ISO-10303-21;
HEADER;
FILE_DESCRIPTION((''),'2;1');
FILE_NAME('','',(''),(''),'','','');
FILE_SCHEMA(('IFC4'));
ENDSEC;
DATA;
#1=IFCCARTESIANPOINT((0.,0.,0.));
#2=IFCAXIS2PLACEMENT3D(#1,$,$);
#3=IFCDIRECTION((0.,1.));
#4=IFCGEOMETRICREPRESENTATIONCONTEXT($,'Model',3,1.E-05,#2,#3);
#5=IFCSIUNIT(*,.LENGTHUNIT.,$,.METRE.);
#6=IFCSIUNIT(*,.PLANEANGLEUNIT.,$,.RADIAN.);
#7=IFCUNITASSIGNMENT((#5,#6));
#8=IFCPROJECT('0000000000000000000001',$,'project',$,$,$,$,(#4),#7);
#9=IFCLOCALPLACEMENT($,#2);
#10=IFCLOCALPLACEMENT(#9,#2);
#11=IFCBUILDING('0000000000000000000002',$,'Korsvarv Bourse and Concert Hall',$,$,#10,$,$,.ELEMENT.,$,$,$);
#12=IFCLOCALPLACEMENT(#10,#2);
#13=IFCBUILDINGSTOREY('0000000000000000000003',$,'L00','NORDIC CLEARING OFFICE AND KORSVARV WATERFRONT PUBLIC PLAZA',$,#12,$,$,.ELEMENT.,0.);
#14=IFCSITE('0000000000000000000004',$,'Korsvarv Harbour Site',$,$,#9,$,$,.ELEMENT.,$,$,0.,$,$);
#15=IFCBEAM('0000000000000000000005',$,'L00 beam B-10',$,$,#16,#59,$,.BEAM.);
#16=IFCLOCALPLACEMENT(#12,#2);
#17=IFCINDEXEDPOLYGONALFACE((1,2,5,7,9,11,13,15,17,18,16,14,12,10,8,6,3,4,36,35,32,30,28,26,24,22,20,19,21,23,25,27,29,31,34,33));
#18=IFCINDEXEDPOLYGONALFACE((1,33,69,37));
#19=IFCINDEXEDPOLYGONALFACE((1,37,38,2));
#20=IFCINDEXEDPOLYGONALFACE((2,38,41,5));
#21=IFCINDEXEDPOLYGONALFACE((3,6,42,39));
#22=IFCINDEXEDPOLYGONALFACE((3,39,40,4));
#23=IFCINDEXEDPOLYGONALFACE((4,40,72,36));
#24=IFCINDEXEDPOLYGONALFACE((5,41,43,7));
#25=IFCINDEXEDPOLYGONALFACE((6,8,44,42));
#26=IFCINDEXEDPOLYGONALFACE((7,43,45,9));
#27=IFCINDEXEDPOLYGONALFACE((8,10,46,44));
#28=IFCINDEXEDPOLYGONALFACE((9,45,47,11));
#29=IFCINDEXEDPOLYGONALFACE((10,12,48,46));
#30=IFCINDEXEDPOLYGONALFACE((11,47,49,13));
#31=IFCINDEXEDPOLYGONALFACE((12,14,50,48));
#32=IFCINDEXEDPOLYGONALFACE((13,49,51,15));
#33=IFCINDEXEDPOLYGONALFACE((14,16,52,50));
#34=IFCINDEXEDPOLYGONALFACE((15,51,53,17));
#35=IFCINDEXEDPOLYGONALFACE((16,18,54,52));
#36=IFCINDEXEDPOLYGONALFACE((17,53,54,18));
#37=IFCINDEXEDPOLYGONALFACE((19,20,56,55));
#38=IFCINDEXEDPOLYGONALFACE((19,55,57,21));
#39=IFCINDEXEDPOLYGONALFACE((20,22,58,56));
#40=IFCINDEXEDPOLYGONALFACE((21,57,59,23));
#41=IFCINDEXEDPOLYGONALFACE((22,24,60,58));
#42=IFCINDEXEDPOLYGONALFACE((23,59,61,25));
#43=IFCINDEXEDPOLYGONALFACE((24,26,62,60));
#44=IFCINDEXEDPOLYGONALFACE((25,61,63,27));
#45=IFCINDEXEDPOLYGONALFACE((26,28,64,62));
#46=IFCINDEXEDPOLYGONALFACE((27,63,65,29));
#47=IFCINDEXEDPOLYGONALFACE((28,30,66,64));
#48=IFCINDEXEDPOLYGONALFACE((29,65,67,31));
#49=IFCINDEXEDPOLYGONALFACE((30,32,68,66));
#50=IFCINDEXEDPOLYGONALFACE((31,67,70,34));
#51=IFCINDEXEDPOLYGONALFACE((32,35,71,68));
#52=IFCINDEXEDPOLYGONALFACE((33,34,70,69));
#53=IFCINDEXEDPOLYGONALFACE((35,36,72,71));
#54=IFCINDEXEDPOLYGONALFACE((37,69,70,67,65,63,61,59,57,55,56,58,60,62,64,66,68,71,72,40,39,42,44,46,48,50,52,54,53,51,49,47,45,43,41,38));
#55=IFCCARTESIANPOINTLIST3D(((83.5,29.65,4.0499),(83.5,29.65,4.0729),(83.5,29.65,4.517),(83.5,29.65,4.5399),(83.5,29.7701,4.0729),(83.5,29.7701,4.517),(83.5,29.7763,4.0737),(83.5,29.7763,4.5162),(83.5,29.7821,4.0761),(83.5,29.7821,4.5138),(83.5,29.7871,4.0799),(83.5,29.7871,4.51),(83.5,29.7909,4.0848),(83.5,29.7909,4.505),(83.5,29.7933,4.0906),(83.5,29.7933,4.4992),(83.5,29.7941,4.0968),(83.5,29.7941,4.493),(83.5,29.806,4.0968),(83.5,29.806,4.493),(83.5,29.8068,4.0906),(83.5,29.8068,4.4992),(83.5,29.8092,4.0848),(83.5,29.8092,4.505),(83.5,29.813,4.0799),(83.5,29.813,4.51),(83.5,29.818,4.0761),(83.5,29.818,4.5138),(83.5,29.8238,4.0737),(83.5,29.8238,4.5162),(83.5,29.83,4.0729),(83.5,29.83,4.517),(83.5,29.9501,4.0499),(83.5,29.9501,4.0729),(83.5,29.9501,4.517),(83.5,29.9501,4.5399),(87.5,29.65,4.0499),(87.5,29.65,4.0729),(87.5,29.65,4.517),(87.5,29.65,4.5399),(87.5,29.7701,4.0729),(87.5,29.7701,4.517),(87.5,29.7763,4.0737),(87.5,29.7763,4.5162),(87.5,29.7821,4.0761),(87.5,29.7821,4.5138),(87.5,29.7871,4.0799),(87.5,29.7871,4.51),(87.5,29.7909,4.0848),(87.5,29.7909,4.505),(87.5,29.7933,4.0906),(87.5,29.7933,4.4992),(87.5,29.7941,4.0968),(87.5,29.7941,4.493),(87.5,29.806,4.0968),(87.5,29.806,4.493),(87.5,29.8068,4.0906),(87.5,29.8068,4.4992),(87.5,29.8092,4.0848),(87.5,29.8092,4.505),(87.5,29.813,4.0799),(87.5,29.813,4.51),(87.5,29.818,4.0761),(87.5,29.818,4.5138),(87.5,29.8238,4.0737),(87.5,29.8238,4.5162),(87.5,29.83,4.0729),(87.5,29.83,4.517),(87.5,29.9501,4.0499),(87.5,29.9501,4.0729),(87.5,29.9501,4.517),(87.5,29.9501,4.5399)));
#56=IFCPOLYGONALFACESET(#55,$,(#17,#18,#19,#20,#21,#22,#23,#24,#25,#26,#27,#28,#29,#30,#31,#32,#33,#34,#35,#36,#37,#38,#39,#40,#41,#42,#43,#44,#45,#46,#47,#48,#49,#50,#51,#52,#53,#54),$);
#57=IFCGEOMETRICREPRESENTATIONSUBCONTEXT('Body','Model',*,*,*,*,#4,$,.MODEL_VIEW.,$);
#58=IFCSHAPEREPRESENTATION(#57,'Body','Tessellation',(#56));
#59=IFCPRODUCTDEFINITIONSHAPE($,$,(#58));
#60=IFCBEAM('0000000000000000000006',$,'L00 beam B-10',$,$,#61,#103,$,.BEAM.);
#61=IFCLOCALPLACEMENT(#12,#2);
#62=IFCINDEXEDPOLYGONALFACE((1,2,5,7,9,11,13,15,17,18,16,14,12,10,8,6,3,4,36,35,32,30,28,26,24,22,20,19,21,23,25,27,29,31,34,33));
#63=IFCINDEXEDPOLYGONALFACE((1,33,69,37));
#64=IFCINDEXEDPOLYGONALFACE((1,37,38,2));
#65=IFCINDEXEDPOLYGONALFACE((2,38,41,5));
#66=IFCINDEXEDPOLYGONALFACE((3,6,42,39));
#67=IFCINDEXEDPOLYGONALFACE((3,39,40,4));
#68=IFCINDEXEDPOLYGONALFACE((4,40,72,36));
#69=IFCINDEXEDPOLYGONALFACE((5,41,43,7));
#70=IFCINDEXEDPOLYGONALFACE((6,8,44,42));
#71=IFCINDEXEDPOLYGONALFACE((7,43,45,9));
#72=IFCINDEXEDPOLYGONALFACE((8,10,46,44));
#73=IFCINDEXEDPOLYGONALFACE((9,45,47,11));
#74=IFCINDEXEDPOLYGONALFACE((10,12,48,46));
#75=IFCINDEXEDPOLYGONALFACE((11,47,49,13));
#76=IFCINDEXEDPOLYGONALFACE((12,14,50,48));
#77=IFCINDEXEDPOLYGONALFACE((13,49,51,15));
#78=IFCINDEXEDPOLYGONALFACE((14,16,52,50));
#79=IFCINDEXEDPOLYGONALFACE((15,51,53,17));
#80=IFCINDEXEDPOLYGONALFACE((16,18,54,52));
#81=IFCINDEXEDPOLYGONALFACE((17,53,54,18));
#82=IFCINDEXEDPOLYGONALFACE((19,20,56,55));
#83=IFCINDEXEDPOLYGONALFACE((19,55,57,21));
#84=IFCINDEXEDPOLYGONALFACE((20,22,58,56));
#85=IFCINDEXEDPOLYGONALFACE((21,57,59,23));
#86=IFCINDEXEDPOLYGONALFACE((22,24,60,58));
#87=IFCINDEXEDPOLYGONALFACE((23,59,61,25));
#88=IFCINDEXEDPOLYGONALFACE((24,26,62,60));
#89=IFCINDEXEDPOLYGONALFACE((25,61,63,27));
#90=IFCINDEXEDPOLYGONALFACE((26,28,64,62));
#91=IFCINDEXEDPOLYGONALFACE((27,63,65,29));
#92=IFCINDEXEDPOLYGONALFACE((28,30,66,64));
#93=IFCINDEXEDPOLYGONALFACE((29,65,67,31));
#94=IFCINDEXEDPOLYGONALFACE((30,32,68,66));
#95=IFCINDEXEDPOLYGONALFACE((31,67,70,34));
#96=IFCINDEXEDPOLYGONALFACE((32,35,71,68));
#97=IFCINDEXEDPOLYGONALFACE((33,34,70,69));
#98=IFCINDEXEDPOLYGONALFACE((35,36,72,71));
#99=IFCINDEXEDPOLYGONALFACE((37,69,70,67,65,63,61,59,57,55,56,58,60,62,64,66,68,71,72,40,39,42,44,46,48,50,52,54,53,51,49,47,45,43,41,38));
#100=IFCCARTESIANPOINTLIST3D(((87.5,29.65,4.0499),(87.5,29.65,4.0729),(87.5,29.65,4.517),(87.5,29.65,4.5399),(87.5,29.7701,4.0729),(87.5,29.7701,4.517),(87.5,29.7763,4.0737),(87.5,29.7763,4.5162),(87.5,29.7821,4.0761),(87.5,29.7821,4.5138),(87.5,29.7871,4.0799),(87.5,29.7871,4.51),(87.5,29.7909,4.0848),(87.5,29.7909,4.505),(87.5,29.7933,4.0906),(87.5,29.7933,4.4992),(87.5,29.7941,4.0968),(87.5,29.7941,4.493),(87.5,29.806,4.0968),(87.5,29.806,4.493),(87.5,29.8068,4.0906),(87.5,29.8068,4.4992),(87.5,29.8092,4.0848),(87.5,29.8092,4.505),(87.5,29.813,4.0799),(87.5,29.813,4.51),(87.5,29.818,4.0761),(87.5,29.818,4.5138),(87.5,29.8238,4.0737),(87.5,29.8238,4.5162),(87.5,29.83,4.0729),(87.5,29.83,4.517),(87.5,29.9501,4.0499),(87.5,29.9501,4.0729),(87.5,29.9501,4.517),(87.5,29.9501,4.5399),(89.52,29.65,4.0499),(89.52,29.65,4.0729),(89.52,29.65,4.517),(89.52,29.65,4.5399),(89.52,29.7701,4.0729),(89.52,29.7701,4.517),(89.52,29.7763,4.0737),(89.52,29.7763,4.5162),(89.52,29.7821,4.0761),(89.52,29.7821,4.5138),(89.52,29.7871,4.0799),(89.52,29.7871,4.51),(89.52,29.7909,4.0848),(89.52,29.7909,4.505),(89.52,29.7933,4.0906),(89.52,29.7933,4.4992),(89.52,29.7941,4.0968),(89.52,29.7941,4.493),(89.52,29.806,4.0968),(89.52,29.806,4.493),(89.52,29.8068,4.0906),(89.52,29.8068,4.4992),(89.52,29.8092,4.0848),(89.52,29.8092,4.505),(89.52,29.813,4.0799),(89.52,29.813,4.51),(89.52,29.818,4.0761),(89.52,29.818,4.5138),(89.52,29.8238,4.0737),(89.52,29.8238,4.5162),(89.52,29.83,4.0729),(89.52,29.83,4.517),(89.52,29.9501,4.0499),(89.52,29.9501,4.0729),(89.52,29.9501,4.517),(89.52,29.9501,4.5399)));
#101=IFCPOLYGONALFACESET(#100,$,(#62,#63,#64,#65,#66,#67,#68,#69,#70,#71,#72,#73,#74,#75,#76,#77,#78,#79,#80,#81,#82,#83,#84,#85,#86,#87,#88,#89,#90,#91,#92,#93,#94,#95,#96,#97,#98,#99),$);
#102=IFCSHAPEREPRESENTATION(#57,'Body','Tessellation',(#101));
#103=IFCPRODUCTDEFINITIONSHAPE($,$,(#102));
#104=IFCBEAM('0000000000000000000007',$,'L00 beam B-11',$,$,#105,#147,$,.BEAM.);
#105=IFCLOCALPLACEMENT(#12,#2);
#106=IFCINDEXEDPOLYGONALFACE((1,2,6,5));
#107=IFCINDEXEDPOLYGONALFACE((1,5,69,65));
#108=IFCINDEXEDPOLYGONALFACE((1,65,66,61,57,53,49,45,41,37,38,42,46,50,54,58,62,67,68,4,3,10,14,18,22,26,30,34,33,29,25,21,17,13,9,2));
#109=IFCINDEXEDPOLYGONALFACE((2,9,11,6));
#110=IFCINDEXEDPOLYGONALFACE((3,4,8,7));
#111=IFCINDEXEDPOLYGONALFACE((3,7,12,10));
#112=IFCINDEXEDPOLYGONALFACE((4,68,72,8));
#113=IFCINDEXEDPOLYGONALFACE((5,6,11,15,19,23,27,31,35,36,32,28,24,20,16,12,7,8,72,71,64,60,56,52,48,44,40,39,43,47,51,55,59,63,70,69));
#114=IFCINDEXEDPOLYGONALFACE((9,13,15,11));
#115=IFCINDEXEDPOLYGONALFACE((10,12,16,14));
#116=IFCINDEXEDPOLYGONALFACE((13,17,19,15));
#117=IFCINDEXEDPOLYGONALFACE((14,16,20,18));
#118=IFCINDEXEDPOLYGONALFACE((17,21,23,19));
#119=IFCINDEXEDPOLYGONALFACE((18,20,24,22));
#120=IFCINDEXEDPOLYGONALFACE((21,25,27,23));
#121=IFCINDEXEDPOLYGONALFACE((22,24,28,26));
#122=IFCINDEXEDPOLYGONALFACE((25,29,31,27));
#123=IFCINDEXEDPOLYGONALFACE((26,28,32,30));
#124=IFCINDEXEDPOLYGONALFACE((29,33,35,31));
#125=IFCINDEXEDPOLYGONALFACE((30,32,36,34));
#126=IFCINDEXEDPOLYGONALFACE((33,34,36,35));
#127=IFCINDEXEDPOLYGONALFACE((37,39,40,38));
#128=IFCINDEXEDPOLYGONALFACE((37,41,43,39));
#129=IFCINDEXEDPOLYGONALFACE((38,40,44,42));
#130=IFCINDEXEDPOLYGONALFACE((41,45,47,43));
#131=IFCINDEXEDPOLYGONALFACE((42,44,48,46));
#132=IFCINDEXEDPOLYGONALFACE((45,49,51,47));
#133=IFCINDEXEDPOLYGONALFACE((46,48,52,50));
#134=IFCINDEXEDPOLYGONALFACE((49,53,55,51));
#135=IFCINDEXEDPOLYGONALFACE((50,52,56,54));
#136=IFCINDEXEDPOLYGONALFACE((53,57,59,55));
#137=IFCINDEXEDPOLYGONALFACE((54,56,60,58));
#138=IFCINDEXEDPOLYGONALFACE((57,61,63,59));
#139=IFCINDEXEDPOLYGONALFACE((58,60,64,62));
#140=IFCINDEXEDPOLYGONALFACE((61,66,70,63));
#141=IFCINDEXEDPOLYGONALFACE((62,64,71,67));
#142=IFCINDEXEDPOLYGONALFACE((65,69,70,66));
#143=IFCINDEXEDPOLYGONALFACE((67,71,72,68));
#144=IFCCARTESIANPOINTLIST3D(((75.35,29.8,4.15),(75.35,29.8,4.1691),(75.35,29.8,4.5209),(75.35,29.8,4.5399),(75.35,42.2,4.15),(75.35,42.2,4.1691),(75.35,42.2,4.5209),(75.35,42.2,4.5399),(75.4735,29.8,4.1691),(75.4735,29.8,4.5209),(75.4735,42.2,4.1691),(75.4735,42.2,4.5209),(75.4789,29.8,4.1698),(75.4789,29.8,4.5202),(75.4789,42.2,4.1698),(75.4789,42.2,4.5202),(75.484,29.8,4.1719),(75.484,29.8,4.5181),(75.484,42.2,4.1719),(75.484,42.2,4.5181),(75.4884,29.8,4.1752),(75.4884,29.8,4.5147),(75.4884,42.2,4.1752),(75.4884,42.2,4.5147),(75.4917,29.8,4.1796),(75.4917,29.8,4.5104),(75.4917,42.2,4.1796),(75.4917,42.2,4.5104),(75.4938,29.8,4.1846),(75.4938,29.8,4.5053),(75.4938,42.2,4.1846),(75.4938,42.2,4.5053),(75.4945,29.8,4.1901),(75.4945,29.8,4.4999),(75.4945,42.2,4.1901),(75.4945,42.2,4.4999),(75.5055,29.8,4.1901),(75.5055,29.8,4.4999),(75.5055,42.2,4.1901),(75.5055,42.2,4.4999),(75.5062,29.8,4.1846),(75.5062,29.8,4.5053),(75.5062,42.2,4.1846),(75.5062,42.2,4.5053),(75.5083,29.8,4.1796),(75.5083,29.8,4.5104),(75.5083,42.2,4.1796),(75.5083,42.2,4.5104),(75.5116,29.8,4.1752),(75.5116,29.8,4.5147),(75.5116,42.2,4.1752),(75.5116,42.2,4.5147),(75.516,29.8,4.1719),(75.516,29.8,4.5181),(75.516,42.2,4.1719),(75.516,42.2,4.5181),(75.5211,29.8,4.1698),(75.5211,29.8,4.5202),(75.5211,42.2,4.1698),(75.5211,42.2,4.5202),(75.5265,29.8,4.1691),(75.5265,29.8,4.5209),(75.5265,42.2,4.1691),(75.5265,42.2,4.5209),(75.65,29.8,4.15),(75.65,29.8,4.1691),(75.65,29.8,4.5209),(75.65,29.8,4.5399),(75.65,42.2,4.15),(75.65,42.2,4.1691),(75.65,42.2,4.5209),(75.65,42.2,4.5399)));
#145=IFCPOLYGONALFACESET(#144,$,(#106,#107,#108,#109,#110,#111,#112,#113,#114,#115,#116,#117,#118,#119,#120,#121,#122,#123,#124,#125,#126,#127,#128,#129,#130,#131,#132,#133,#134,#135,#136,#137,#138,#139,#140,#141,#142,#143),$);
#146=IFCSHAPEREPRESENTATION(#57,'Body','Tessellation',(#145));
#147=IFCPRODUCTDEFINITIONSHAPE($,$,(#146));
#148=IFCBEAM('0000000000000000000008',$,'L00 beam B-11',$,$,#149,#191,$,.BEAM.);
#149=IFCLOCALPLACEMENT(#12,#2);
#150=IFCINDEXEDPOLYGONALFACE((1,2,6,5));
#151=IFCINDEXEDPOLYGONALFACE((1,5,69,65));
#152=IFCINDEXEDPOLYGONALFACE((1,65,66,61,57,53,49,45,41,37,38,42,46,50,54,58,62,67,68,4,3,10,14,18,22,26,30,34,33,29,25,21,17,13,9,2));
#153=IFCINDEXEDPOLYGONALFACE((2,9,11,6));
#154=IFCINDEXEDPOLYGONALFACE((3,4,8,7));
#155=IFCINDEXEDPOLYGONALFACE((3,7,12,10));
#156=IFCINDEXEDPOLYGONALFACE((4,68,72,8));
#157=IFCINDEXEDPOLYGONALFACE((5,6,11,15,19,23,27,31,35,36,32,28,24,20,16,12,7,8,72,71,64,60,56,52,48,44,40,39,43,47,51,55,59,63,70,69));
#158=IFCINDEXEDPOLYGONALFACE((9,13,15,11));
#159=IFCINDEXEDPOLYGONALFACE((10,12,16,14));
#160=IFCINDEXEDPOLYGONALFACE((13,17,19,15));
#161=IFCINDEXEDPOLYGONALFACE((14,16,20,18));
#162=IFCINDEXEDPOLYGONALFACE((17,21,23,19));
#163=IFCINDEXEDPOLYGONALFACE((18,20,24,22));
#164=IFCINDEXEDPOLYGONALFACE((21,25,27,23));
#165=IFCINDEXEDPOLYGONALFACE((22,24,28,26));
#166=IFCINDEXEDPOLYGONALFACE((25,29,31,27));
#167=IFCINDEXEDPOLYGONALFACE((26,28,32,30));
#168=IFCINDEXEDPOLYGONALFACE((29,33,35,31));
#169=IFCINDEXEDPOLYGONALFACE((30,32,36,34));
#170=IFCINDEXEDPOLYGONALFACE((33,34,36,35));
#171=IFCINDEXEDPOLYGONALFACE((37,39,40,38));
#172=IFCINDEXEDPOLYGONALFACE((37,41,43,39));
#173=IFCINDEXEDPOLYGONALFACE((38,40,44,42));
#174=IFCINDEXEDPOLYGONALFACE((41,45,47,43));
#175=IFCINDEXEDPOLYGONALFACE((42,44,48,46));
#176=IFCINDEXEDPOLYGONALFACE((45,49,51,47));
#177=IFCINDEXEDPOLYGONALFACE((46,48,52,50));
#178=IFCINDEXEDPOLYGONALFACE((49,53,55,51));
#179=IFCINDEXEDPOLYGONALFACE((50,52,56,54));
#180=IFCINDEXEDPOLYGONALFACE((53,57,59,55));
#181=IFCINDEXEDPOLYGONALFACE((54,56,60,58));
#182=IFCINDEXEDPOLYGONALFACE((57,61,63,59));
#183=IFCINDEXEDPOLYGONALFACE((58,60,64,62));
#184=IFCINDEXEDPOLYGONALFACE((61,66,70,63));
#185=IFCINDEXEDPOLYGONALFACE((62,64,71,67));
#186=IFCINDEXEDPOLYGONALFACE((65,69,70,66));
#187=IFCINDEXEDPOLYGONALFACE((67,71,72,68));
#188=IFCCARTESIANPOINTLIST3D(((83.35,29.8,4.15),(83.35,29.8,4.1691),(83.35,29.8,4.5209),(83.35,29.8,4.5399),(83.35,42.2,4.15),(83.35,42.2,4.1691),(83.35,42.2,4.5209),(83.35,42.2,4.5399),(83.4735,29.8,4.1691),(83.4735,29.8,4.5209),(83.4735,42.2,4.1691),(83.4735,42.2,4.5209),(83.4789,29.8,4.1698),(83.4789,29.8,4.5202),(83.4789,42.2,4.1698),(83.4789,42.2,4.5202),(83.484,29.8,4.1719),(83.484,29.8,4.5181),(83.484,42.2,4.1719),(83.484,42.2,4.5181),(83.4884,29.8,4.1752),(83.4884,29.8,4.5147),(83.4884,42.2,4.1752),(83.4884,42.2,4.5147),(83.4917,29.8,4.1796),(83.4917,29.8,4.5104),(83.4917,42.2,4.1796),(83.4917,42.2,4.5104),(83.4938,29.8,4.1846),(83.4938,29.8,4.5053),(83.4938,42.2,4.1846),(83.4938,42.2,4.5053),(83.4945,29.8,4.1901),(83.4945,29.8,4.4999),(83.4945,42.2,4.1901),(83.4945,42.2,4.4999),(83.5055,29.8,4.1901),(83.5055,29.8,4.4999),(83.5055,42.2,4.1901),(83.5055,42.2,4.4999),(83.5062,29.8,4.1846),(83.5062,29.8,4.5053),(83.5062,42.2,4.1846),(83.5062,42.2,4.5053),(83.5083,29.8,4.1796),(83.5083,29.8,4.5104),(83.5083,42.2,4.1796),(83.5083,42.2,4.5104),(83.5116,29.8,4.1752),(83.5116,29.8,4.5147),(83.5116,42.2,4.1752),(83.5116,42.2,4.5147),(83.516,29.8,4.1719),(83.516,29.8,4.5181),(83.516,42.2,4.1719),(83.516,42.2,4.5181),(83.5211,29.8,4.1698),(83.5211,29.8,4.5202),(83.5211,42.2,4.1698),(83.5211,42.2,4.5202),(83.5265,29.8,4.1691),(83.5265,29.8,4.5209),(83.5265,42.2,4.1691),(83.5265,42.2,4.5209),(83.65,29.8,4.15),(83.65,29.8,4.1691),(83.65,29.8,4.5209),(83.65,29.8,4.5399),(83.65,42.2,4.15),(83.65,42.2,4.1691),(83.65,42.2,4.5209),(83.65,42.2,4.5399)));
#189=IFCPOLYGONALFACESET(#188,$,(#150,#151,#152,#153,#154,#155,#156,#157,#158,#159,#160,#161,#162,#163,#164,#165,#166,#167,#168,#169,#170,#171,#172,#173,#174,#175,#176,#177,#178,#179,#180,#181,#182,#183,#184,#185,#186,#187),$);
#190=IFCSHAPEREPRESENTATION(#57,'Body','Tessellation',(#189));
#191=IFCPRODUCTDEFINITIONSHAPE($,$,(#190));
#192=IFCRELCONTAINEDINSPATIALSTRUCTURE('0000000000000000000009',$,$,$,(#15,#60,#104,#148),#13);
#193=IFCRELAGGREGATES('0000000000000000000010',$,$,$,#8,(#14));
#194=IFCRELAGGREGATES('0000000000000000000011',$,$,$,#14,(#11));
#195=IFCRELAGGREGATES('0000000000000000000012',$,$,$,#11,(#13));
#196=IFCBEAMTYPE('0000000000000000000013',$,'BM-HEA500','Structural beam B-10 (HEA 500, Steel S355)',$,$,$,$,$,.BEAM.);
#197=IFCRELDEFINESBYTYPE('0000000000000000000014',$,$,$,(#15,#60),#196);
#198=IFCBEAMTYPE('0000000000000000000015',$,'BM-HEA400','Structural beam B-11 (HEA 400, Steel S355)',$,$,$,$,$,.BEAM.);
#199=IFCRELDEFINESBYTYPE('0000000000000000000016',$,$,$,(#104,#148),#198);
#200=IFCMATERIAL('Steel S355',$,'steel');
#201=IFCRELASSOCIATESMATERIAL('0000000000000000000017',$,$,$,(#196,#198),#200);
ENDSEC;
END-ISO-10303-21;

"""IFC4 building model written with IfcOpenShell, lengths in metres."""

from ifc_helpers import new_model, si_unit, direction, frame, origin, origin_2d, place, context, subcontext, project, spatial, i_section, extrude, source, transform, mapped, material, material_profile, profile_set, type_object, element, save


model = new_model("IFC4")

# Units and contexts
model_context = context("Model", 3, precision=1e-05, world=origin(), true_north=direction((0.0, 1.0)))
body_context = subcontext(model_context, "Body", "Model", "MODEL_VIEW")
ifc_project = project(units=[si_unit("LENGTHUNIT", "METRE"), si_unit("PLANEANGLEUNIT", "RADIAN")], contexts=[model_context])

# Site, building, storey
site_placement = place(None, origin())
site = spatial("IfcSite", under=ifc_project, at=site_placement, Name="Korsvarv Harbour Site", CompositionType="ELEMENT", RefElevation=0.0)
building_placement = place(site_placement, origin())
building = spatial("IfcBuilding", under=site, at=building_placement, Name="Korsvarv Bourse and Concert Hall", CompositionType="ELEMENT")
storey_placement = place(building_placement, origin())
storey = spatial("IfcBuildingStorey", under=building, at=storey_placement, Name="L00", Description="NORDIC CLEARING OFFICE AND KORSVARV WATERFRONT PUBLIC PLAZA", CompositionType="ELEMENT", Elevation=0.0)

# Beams
ifc_material_1 = material(Name="Steel S355", Category="steel")
ifc_material_profile_1 = material_profile(ifc_material_1, i_section(OverallWidth=0.3, OverallDepth=0.49, WebThickness=0.012, FlangeThickness=0.0229, FilletRadius=0.0239, at=origin_2d()), Name="HEA 500")
ifc_profile_set_1 = profile_set([ifc_material_profile_1], Name="Steel S355")
beam_type_1 = type_object("IfcBeamType", Name="BM-HEA500", Description="Structural beam B-10 (HEA 500, Steel S355)", PredefinedType="BEAM", material=ifc_profile_set_1)
shared_shape_1 = source(origin(), body_context, "Body", "SweptSolid", [
    extrude(i_section(OverallWidth=0.3, OverallDepth=0.49, WebThickness=0.012, FlangeThickness=0.0229, FilletRadius=0.0239, at=origin_2d()), origin(), (0.0, 0.0, 1.0), 4.0),
])
beam_1_placement = place(storey_placement, frame((83.5, 29.8, 4.2949), z_axis=(1.0, 0.0, 0.0), x_axis=(0.0, 1.0, 0.0)))
element("IfcBeam", 1, at=beam_1_placement, inside=storey, type_object=beam_type_1, Name="L00 beam B-10", PredefinedType="BEAM", context=body_context, shape_type="MappedRepresentation", body=[
    mapped(shared_shape_1, transform((0.0, 0.0, 0.0), scale=1.0)),
])
shared_shape_2 = source(origin(), body_context, "Body", "SweptSolid", [
    extrude(i_section(OverallWidth=0.3, OverallDepth=0.49, WebThickness=0.012, FlangeThickness=0.0229, FilletRadius=0.0239, at=origin_2d()), origin(), (0.0, 0.0, 1.0), 2.02),
])
beam_2_placement = place(storey_placement, frame((87.5, 29.8, 4.2949), z_axis=(1.0, 0.0, 0.0), x_axis=(0.0, 1.0, 0.0)))
element("IfcBeam", 2, at=beam_2_placement, inside=storey, type_object=beam_type_1, Name="L00 beam B-10", PredefinedType="BEAM", context=body_context, shape_type="MappedRepresentation", body=[
    mapped(shared_shape_2, transform((0.0, 0.0, 0.0), scale=1.0)),
])
ifc_material_profile_2 = material_profile(ifc_material_1, i_section(OverallWidth=0.3, OverallDepth=0.3899, WebThickness=0.011, FlangeThickness=0.019, FilletRadius=0.021, at=origin_2d()), Name="HEA 400")
ifc_profile_set_2 = profile_set([ifc_material_profile_2], Name="Steel S355")
beam_type_2 = type_object("IfcBeamType", Name="BM-HEA400", Description="Structural beam B-11 (HEA 400, Steel S355)", PredefinedType="BEAM", material=ifc_profile_set_2)
shared_shape_3 = source(origin(), body_context, "Body", "SweptSolid", [
    extrude(i_section(OverallWidth=0.3, OverallDepth=0.3899, WebThickness=0.011, FlangeThickness=0.019, FilletRadius=0.021, at=origin_2d()), origin(), (0.0, 0.0, 1.0), 12.3999),
])
for number, where, z_axis, x_axis, name in (
    (3, (75.5, 29.8, 4.345), (0.0, 1.0, 0.0), (-1.0, 0.0, 0.0), "L00 beam B-11"),
    (4, (83.5, 29.8, 4.345), (0.0, 1.0, 0.0), (-1.0, 0.0, 0.0), "L00 beam B-11"),
):
    element("IfcBeam", number, at=place(storey_placement, frame(where, z_axis=z_axis, x_axis=x_axis)), inside=storey, type_object=beam_type_2, Name=name, PredefinedType="BEAM", context=body_context, shape_type="MappedRepresentation", body=[
        mapped(shared_shape_3, transform((0.0, 0.0, 0.0), scale=1.0)),
    ])

save(model, "model.ifc")
